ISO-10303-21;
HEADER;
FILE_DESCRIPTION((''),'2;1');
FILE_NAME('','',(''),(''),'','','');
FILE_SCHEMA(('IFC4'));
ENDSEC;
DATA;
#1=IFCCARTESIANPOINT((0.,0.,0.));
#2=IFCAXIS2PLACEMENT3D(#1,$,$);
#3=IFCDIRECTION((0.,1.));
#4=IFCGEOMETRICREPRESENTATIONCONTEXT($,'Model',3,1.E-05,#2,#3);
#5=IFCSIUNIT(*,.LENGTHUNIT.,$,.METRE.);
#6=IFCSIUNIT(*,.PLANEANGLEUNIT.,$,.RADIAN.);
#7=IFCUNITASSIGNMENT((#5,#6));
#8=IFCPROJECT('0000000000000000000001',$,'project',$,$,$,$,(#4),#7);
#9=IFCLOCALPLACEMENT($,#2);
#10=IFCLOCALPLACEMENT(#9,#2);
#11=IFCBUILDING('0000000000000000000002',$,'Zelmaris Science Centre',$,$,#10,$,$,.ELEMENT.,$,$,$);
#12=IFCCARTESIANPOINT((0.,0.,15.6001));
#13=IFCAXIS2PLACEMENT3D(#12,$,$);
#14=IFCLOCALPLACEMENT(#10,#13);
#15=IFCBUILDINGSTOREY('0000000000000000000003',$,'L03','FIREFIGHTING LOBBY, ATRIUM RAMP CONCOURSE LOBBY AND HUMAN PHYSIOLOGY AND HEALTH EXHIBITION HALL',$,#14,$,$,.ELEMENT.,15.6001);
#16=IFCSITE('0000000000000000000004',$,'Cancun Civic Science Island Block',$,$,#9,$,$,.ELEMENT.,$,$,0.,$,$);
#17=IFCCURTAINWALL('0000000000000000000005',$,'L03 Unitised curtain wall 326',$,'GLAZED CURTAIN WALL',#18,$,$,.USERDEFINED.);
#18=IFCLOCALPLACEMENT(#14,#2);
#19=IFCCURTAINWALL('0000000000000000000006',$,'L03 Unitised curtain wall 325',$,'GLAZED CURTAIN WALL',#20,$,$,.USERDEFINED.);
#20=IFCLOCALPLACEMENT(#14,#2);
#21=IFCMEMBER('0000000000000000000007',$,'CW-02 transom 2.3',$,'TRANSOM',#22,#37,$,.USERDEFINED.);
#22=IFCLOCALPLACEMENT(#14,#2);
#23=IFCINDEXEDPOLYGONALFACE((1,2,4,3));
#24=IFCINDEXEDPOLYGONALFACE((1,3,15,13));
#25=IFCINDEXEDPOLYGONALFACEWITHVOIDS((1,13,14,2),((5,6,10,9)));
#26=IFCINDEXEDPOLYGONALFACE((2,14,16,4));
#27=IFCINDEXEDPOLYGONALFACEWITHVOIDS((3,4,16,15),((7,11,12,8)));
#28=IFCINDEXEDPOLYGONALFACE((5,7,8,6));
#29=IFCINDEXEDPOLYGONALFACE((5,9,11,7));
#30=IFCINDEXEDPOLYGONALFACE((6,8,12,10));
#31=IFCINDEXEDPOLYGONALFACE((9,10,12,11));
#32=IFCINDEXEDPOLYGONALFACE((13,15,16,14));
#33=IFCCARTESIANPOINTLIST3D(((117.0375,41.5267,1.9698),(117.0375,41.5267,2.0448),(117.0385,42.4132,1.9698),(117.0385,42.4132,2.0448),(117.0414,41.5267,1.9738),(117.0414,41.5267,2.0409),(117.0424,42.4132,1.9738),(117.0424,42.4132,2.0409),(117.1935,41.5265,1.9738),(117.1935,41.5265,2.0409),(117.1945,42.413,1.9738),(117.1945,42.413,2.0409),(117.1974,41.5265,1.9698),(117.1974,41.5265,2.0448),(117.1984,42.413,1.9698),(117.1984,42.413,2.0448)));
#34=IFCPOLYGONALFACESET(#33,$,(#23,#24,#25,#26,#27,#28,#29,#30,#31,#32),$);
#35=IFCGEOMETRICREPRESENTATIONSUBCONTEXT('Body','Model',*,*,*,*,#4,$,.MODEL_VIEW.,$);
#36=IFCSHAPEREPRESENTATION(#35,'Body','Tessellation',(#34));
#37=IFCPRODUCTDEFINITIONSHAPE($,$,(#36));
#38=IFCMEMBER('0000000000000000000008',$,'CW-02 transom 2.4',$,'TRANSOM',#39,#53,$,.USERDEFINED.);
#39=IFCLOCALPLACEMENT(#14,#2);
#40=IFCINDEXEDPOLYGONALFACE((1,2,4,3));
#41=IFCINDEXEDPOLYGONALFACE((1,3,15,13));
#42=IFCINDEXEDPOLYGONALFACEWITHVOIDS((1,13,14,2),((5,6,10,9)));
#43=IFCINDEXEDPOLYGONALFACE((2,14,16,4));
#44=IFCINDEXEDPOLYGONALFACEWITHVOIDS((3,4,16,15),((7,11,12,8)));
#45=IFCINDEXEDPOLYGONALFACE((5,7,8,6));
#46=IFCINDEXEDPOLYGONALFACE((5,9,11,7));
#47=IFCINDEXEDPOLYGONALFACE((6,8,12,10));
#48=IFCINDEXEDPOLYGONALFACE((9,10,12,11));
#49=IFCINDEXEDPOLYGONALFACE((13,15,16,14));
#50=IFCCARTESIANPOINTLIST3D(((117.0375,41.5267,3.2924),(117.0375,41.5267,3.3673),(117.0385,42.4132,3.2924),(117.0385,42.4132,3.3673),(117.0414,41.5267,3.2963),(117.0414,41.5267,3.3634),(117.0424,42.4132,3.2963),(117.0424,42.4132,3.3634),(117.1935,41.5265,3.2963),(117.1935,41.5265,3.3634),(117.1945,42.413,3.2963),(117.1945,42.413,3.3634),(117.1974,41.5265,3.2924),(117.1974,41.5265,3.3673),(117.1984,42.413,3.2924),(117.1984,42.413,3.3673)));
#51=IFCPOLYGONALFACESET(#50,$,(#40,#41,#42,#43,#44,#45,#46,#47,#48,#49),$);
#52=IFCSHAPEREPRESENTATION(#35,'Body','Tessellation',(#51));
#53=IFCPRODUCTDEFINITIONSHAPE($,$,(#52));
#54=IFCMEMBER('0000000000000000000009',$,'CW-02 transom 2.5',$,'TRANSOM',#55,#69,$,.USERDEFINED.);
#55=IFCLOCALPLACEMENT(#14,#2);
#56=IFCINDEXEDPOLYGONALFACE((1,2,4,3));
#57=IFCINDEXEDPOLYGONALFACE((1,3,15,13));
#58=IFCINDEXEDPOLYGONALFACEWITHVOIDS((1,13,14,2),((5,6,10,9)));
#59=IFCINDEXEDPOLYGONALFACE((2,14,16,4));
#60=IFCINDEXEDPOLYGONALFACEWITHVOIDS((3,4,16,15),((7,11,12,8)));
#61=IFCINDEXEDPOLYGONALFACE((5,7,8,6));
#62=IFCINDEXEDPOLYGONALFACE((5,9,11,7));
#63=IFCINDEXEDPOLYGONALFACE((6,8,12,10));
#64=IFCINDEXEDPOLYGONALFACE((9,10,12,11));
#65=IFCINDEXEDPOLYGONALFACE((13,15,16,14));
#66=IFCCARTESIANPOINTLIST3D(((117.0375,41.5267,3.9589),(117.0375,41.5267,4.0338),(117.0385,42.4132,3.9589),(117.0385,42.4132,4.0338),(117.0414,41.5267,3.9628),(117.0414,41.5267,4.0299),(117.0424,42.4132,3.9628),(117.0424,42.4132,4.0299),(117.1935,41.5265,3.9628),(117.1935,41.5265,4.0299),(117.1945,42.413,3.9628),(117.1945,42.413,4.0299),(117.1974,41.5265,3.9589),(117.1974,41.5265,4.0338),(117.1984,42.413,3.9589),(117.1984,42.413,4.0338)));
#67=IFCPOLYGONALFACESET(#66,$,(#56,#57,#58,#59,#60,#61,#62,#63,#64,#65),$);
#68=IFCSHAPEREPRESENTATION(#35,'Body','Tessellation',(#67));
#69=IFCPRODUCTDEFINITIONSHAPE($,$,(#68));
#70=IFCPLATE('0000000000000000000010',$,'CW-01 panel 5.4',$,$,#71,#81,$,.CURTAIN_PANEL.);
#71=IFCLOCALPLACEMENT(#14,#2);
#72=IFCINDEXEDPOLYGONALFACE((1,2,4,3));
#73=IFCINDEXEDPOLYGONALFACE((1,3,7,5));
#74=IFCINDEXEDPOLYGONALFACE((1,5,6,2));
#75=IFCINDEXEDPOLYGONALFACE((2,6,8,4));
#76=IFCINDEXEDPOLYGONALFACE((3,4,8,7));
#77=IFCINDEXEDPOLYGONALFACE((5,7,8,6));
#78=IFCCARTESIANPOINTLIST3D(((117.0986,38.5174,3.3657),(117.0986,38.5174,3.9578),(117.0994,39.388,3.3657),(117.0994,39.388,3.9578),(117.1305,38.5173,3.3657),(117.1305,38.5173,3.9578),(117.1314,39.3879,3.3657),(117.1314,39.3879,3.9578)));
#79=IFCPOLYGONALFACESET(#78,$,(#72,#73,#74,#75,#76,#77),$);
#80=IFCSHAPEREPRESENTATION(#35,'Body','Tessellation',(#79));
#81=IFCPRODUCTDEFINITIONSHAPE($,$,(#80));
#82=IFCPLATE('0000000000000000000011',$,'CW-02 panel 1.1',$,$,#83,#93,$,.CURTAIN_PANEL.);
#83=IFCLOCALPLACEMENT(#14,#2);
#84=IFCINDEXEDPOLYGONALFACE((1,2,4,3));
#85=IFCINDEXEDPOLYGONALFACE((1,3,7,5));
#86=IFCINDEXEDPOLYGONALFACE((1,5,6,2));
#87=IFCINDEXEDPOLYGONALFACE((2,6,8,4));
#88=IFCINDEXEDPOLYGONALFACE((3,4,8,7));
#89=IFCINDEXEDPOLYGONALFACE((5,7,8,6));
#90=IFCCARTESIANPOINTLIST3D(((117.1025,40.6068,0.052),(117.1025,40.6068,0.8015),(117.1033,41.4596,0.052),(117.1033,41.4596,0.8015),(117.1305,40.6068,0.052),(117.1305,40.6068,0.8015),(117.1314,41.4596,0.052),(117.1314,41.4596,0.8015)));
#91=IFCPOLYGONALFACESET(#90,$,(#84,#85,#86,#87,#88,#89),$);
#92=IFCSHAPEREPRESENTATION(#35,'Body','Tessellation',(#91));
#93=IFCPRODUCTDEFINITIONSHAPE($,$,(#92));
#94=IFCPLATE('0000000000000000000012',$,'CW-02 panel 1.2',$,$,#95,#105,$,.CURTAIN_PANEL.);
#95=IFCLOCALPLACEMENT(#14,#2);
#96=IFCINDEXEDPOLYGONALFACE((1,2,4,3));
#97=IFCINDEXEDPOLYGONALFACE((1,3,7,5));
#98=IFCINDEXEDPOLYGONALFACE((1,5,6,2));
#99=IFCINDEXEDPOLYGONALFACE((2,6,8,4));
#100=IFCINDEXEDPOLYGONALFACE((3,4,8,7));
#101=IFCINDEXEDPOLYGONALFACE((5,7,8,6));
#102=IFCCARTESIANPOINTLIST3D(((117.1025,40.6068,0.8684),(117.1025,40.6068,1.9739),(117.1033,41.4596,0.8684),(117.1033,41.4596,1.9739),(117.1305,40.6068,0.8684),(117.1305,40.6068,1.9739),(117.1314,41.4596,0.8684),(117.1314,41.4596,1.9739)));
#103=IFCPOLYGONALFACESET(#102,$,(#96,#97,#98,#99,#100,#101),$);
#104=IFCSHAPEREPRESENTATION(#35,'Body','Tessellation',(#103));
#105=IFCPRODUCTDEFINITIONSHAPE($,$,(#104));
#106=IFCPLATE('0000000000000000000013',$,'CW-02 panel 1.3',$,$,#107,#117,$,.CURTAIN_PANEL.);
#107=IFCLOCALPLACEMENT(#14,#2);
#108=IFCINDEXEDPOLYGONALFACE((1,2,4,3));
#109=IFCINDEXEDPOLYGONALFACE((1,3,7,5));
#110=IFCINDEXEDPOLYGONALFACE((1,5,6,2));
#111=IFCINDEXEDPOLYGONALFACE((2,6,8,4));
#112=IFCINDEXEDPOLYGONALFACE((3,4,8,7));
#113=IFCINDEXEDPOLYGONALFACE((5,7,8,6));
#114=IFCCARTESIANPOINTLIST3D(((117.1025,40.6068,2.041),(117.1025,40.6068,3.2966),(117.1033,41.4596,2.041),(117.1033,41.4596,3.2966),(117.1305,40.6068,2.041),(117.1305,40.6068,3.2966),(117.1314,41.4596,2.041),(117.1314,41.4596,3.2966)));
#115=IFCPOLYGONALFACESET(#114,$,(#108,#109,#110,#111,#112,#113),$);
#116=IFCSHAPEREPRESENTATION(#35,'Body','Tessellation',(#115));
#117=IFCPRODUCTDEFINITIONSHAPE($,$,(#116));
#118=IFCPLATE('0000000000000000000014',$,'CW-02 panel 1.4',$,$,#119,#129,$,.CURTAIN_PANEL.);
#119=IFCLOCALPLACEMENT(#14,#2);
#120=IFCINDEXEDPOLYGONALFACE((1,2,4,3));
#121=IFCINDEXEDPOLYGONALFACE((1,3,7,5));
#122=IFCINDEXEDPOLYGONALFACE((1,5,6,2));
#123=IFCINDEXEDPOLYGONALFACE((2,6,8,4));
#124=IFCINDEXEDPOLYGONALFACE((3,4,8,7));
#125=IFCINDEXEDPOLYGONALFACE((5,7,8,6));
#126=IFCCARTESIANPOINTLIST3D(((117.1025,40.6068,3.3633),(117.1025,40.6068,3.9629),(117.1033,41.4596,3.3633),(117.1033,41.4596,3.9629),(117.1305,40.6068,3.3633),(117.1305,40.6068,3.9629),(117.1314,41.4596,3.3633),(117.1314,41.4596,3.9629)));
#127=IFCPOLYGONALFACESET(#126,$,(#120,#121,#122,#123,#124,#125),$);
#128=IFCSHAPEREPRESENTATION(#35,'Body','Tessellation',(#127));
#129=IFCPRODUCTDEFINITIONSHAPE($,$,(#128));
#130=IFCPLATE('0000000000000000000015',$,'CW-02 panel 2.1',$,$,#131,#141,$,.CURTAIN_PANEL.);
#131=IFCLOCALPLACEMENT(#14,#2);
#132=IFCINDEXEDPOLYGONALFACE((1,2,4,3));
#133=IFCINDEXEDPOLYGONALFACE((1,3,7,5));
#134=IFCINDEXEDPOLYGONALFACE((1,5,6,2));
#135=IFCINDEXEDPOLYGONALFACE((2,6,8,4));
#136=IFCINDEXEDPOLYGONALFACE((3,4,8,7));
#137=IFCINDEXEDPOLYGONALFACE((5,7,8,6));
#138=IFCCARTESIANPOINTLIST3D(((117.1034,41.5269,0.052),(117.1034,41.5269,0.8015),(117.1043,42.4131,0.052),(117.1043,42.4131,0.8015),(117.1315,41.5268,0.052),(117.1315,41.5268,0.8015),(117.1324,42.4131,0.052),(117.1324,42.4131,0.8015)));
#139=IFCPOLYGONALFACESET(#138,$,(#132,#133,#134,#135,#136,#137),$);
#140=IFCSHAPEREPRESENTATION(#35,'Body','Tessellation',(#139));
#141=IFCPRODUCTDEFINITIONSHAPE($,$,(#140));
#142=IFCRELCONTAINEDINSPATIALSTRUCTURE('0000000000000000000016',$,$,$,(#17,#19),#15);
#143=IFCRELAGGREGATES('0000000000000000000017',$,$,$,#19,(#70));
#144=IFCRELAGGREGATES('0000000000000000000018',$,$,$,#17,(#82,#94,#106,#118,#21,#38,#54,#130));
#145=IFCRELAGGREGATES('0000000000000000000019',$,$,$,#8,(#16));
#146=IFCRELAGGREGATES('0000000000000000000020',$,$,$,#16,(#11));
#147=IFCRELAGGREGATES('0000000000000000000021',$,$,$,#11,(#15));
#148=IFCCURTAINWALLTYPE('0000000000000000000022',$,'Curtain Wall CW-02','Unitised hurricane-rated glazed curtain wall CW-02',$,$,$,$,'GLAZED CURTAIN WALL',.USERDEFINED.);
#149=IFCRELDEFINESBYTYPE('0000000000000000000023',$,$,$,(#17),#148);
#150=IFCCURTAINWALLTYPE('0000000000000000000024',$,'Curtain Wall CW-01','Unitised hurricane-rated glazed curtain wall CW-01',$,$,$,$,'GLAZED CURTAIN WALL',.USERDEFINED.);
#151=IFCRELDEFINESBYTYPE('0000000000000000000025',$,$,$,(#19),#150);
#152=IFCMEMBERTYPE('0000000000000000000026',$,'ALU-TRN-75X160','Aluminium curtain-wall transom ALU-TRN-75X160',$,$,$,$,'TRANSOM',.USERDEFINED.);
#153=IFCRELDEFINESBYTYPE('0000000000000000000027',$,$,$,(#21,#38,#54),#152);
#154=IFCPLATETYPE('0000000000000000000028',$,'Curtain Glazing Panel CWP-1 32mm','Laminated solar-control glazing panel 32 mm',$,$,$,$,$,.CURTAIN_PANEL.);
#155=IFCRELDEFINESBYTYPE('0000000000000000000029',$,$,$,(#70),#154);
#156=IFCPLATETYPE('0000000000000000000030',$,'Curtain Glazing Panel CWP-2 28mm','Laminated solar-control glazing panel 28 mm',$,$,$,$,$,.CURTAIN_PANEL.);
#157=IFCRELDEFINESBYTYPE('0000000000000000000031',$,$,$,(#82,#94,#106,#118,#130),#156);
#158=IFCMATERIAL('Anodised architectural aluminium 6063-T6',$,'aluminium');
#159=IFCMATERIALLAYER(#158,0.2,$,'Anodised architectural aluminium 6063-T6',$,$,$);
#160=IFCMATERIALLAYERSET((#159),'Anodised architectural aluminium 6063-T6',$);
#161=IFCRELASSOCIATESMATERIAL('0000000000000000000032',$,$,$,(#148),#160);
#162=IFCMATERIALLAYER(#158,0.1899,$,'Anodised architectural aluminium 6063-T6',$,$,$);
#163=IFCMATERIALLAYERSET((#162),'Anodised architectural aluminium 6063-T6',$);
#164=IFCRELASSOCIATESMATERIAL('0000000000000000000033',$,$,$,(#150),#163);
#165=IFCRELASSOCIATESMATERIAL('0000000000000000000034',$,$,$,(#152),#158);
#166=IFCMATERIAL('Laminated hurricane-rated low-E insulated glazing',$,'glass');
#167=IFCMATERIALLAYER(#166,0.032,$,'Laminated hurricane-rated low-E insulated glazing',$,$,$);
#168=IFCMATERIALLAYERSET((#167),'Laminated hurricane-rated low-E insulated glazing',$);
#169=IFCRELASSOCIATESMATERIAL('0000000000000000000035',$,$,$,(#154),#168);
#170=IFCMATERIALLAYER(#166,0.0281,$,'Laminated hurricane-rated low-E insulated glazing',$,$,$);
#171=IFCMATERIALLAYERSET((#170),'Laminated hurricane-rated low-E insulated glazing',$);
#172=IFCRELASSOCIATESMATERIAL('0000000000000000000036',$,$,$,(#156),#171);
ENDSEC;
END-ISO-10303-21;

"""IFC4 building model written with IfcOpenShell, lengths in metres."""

from ifc_helpers import new_model, si_unit, direction, frame, origin, origin_2d, place, context, subcontext, project, spatial, rectangle, hollow_rectangle, extrude, material, layer, layer_set, material_profile, profile_set, type_object, element, aggregate, save


model = new_model("IFC4")

# Units and contexts
model_context = context("Model", 3, precision=1e-05, world=origin(), true_north=direction((0.0, 1.0)))
body_context = subcontext(model_context, "Body", "Model", "MODEL_VIEW")
ifc_project = project(units=[si_unit("LENGTHUNIT", "METRE"), si_unit("PLANEANGLEUNIT", "RADIAN")], contexts=[model_context])

# Site, building, storey
site_placement = place(None, origin())
site = spatial("IfcSite", under=ifc_project, at=site_placement, Name="Cancun Civic Science Island Block", CompositionType="ELEMENT", RefElevation=0.0)
building_placement = place(site_placement, origin())
building = spatial("IfcBuilding", under=site, at=building_placement, Name="Zelmaris Science Centre", CompositionType="ELEMENT")
storey_placement = place(building_placement, frame((0.0, 0.0, 15.6001)))
storey = spatial("IfcBuildingStorey", under=building, at=storey_placement, Name="L03", Description="FIREFIGHTING LOBBY, ATRIUM RAMP CONCOURSE LOBBY AND HUMAN PHYSIOLOGY AND HEALTH EXHIBITION HALL", CompositionType="ELEMENT", Elevation=15.6001)

# Curtain wall
ifc_material_1 = material(Name="Anodised architectural aluminium 6063-T6", Category="aluminium")
ifc_layer_1 = layer(ifc_material_1, 0.2, Name="Anodised architectural aluminium 6063-T6")
ifc_layer_set_1 = layer_set([ifc_layer_1], Name="Anodised architectural aluminium 6063-T6")
curtain_wall_type_1 = type_object("IfcCurtainWallType", Name="Curtain Wall CW-02", Description="Unitised hurricane-rated glazed curtain wall CW-02", ElementType="GLAZED CURTAIN WALL", PredefinedType="USERDEFINED", material=ifc_layer_set_1)
curtain_wall_1_placement = place(storey_placement, origin())
curtain_wall_1 = element("IfcCurtainWall", 1, at=curtain_wall_1_placement, inside=storey, type_object=curtain_wall_type_1, Name="L03 Unitised curtain wall 326", ObjectType="GLAZED CURTAIN WALL", PredefinedType="USERDEFINED")

# Curtain wall
ifc_layer_2 = layer(ifc_material_1, 0.1899, Name="Anodised architectural aluminium 6063-T6")
ifc_layer_set_2 = layer_set([ifc_layer_2], Name="Anodised architectural aluminium 6063-T6")
curtain_wall_type_2 = type_object("IfcCurtainWallType", Name="Curtain Wall CW-01", Description="Unitised hurricane-rated glazed curtain wall CW-01", ElementType="GLAZED CURTAIN WALL", PredefinedType="USERDEFINED", material=ifc_layer_set_2)
curtain_wall_2_placement = place(storey_placement, origin())
curtain_wall_2 = element("IfcCurtainWall", 2, at=curtain_wall_2_placement, inside=storey, type_object=curtain_wall_type_2, Name="L03 Unitised curtain wall 325", ObjectType="GLAZED CURTAIN WALL", PredefinedType="USERDEFINED")

# Members
ifc_material_profile_1 = material_profile(ifc_material_1, hollow_rectangle(XDim=0.075, YDim=0.1599, WallThickness=0.0039, at=origin_2d()), Name="ALU-TRN-75X160")
ifc_profile_set_1 = profile_set([ifc_material_profile_1], Name="Anodised architectural aluminium 6063-T6")
member_type_1 = type_object("IfcMemberType", Name="ALU-TRN-75X160", Description="Aluminium curtain-wall transom ALU-TRN-75X160", ElementType="TRANSOM", PredefinedType="USERDEFINED", material=ifc_profile_set_1)
member_1_placement = place(storey_placement, frame((117.1174, 41.5266, 2.0073), z_axis=(0.001102, 0.999999, 0.0), x_axis=(0.0, 0.0, 1.0)))
member_1 = element("IfcMember", 3, at=member_1_placement, type_object=member_type_1, Name="CW-02 transom 2.3", ObjectType="TRANSOM", PredefinedType="USERDEFINED", context=body_context, shape_type="SweptSolid", body=[
    extrude(hollow_rectangle(XDim=0.075, YDim=0.1599, WallThickness=0.0039, at=origin_2d()), origin(), (0.0, 0.0, 1.0), 0.8865),
])
member_2_placement = place(storey_placement, frame((117.1174, 41.5266, 3.3298), z_axis=(0.001102, 0.999999, 0.0), x_axis=(0.0, 0.0, 1.0)))
member_2 = element("IfcMember", 4, at=member_2_placement, type_object=member_type_1, Name="CW-02 transom 2.4", ObjectType="TRANSOM", PredefinedType="USERDEFINED", context=body_context, shape_type="SweptSolid", body=[
    extrude(hollow_rectangle(XDim=0.075, YDim=0.1599, WallThickness=0.0039, at=origin_2d()), origin(), (0.0, 0.0, 1.0), 0.8865),
])
member_3_placement = place(storey_placement, frame((117.1174, 41.5266, 3.9963), z_axis=(0.001102, 0.999999, 0.0), x_axis=(0.0, 0.0, 1.0)))
member_3 = element("IfcMember", 5, at=member_3_placement, type_object=member_type_1, Name="CW-02 transom 2.5", ObjectType="TRANSOM", PredefinedType="USERDEFINED", context=body_context, shape_type="SweptSolid", body=[
    extrude(hollow_rectangle(XDim=0.075, YDim=0.1599, WallThickness=0.0039, at=origin_2d()), origin(), (0.0, 0.0, 1.0), 0.8865),
])

# Plates
ifc_material_2 = material(Name="Laminated hurricane-rated low-E insulated glazing", Category="glass")
ifc_layer_3 = layer(ifc_material_2, 0.032, Name="Laminated hurricane-rated low-E insulated glazing")
ifc_layer_set_3 = layer_set([ifc_layer_3], Name="Laminated hurricane-rated low-E insulated glazing")
plate_type_1 = type_object("IfcPlateType", Name="Curtain Glazing Panel CWP-1 32mm", Description="Laminated solar-control glazing panel 32 mm", PredefinedType="CURTAIN_PANEL", material=ifc_layer_set_3)
plate_1_placement = place(storey_placement, frame((117.115, 38.9526, 3.3657), z_axis=(0.0, 0.0, 1.0), x_axis=(0.001022, 0.999999, 0.0)))
plate_1 = element("IfcPlate", 6, at=plate_1_placement, type_object=plate_type_1, Name="CW-01 panel 5.4", PredefinedType="CURTAIN_PANEL", context=body_context, shape_type="SweptSolid", body=[
    extrude(rectangle(XDim=0.8706, YDim=0.032, at=origin_2d()), origin(), (0.0, 0.0, 1.0), 0.592),
])
aggregate(curtain_wall_2, [plate_1])
ifc_layer_4 = layer(ifc_material_2, 0.0281, Name="Laminated hurricane-rated low-E insulated glazing")
ifc_layer_set_4 = layer_set([ifc_layer_4], Name="Laminated hurricane-rated low-E insulated glazing")
plate_type_2 = type_object("IfcPlateType", Name="Curtain Glazing Panel CWP-2 28mm", Description="Laminated solar-control glazing panel 28 mm", PredefinedType="CURTAIN_PANEL", material=ifc_layer_set_4)
plate_2_placement = place(storey_placement, frame((117.1169, 41.0332, 0.052), z_axis=(0.0, 0.0, 1.0), x_axis=(0.001014, 0.999999, 0.0)))
plate_2 = element("IfcPlate", 7, at=plate_2_placement, type_object=plate_type_2, Name="CW-02 panel 1.1", PredefinedType="CURTAIN_PANEL", context=body_context, shape_type="SweptSolid", body=[
    extrude(rectangle(XDim=0.8528, YDim=0.0281, at=origin_2d()), origin(), (0.0, 0.0, 1.0), 0.7495),
])
plate_3_placement = place(storey_placement, frame((117.1169, 41.0332, 0.8684), z_axis=(0.0, 0.0, 1.0), x_axis=(0.001014, 0.999999, 0.0)))
plate_3 = element("IfcPlate", 8, at=plate_3_placement, type_object=plate_type_2, Name="CW-02 panel 1.2", PredefinedType="CURTAIN_PANEL", context=body_context, shape_type="SweptSolid", body=[
    extrude(rectangle(XDim=0.8528, YDim=0.0281, at=origin_2d()), origin(), (0.0, 0.0, 1.0), 1.1055),
])
plate_4_placement = place(storey_placement, frame((117.1169, 41.0332, 2.041), z_axis=(0.0, 0.0, 1.0), x_axis=(0.001014, 0.999999, 0.0)))
plate_4 = element("IfcPlate", 9, at=plate_4_placement, type_object=plate_type_2, Name="CW-02 panel 1.3", PredefinedType="CURTAIN_PANEL", context=body_context, shape_type="SweptSolid", body=[
    extrude(rectangle(XDim=0.8528, YDim=0.0281, at=origin_2d()), origin(), (0.0, 0.0, 1.0), 1.2556),
])
plate_5_placement = place(storey_placement, frame((117.1169, 41.0332, 3.3633), z_axis=(0.0, 0.0, 1.0), x_axis=(0.001014, 0.999999, 0.0)))
plate_5 = element("IfcPlate", 10, at=plate_5_placement, type_object=plate_type_2, Name="CW-02 panel 1.4", PredefinedType="CURTAIN_PANEL", context=body_context, shape_type="SweptSolid", body=[
    extrude(rectangle(XDim=0.8528, YDim=0.0281, at=origin_2d()), origin(), (0.0, 0.0, 1.0), 0.5996),
])
plate_6_placement = place(storey_placement, frame((117.1179, 41.97, 0.052), z_axis=(0.0, 0.0, 1.0), x_axis=(0.001014, 0.999999, 0.0)))
plate_6 = element("IfcPlate", 11, at=plate_6_placement, type_object=plate_type_2, Name="CW-02 panel 2.1", PredefinedType="CURTAIN_PANEL", context=body_context, shape_type="SweptSolid", body=[
    extrude(rectangle(XDim=0.8862, YDim=0.0281, at=origin_2d()), origin(), (0.0, 0.0, 1.0), 0.7495),
])
aggregate(curtain_wall_1, [plate_2, plate_3, plate_4, plate_5, member_1, member_2, member_3, plate_6])

save(model, "model.ifc")
